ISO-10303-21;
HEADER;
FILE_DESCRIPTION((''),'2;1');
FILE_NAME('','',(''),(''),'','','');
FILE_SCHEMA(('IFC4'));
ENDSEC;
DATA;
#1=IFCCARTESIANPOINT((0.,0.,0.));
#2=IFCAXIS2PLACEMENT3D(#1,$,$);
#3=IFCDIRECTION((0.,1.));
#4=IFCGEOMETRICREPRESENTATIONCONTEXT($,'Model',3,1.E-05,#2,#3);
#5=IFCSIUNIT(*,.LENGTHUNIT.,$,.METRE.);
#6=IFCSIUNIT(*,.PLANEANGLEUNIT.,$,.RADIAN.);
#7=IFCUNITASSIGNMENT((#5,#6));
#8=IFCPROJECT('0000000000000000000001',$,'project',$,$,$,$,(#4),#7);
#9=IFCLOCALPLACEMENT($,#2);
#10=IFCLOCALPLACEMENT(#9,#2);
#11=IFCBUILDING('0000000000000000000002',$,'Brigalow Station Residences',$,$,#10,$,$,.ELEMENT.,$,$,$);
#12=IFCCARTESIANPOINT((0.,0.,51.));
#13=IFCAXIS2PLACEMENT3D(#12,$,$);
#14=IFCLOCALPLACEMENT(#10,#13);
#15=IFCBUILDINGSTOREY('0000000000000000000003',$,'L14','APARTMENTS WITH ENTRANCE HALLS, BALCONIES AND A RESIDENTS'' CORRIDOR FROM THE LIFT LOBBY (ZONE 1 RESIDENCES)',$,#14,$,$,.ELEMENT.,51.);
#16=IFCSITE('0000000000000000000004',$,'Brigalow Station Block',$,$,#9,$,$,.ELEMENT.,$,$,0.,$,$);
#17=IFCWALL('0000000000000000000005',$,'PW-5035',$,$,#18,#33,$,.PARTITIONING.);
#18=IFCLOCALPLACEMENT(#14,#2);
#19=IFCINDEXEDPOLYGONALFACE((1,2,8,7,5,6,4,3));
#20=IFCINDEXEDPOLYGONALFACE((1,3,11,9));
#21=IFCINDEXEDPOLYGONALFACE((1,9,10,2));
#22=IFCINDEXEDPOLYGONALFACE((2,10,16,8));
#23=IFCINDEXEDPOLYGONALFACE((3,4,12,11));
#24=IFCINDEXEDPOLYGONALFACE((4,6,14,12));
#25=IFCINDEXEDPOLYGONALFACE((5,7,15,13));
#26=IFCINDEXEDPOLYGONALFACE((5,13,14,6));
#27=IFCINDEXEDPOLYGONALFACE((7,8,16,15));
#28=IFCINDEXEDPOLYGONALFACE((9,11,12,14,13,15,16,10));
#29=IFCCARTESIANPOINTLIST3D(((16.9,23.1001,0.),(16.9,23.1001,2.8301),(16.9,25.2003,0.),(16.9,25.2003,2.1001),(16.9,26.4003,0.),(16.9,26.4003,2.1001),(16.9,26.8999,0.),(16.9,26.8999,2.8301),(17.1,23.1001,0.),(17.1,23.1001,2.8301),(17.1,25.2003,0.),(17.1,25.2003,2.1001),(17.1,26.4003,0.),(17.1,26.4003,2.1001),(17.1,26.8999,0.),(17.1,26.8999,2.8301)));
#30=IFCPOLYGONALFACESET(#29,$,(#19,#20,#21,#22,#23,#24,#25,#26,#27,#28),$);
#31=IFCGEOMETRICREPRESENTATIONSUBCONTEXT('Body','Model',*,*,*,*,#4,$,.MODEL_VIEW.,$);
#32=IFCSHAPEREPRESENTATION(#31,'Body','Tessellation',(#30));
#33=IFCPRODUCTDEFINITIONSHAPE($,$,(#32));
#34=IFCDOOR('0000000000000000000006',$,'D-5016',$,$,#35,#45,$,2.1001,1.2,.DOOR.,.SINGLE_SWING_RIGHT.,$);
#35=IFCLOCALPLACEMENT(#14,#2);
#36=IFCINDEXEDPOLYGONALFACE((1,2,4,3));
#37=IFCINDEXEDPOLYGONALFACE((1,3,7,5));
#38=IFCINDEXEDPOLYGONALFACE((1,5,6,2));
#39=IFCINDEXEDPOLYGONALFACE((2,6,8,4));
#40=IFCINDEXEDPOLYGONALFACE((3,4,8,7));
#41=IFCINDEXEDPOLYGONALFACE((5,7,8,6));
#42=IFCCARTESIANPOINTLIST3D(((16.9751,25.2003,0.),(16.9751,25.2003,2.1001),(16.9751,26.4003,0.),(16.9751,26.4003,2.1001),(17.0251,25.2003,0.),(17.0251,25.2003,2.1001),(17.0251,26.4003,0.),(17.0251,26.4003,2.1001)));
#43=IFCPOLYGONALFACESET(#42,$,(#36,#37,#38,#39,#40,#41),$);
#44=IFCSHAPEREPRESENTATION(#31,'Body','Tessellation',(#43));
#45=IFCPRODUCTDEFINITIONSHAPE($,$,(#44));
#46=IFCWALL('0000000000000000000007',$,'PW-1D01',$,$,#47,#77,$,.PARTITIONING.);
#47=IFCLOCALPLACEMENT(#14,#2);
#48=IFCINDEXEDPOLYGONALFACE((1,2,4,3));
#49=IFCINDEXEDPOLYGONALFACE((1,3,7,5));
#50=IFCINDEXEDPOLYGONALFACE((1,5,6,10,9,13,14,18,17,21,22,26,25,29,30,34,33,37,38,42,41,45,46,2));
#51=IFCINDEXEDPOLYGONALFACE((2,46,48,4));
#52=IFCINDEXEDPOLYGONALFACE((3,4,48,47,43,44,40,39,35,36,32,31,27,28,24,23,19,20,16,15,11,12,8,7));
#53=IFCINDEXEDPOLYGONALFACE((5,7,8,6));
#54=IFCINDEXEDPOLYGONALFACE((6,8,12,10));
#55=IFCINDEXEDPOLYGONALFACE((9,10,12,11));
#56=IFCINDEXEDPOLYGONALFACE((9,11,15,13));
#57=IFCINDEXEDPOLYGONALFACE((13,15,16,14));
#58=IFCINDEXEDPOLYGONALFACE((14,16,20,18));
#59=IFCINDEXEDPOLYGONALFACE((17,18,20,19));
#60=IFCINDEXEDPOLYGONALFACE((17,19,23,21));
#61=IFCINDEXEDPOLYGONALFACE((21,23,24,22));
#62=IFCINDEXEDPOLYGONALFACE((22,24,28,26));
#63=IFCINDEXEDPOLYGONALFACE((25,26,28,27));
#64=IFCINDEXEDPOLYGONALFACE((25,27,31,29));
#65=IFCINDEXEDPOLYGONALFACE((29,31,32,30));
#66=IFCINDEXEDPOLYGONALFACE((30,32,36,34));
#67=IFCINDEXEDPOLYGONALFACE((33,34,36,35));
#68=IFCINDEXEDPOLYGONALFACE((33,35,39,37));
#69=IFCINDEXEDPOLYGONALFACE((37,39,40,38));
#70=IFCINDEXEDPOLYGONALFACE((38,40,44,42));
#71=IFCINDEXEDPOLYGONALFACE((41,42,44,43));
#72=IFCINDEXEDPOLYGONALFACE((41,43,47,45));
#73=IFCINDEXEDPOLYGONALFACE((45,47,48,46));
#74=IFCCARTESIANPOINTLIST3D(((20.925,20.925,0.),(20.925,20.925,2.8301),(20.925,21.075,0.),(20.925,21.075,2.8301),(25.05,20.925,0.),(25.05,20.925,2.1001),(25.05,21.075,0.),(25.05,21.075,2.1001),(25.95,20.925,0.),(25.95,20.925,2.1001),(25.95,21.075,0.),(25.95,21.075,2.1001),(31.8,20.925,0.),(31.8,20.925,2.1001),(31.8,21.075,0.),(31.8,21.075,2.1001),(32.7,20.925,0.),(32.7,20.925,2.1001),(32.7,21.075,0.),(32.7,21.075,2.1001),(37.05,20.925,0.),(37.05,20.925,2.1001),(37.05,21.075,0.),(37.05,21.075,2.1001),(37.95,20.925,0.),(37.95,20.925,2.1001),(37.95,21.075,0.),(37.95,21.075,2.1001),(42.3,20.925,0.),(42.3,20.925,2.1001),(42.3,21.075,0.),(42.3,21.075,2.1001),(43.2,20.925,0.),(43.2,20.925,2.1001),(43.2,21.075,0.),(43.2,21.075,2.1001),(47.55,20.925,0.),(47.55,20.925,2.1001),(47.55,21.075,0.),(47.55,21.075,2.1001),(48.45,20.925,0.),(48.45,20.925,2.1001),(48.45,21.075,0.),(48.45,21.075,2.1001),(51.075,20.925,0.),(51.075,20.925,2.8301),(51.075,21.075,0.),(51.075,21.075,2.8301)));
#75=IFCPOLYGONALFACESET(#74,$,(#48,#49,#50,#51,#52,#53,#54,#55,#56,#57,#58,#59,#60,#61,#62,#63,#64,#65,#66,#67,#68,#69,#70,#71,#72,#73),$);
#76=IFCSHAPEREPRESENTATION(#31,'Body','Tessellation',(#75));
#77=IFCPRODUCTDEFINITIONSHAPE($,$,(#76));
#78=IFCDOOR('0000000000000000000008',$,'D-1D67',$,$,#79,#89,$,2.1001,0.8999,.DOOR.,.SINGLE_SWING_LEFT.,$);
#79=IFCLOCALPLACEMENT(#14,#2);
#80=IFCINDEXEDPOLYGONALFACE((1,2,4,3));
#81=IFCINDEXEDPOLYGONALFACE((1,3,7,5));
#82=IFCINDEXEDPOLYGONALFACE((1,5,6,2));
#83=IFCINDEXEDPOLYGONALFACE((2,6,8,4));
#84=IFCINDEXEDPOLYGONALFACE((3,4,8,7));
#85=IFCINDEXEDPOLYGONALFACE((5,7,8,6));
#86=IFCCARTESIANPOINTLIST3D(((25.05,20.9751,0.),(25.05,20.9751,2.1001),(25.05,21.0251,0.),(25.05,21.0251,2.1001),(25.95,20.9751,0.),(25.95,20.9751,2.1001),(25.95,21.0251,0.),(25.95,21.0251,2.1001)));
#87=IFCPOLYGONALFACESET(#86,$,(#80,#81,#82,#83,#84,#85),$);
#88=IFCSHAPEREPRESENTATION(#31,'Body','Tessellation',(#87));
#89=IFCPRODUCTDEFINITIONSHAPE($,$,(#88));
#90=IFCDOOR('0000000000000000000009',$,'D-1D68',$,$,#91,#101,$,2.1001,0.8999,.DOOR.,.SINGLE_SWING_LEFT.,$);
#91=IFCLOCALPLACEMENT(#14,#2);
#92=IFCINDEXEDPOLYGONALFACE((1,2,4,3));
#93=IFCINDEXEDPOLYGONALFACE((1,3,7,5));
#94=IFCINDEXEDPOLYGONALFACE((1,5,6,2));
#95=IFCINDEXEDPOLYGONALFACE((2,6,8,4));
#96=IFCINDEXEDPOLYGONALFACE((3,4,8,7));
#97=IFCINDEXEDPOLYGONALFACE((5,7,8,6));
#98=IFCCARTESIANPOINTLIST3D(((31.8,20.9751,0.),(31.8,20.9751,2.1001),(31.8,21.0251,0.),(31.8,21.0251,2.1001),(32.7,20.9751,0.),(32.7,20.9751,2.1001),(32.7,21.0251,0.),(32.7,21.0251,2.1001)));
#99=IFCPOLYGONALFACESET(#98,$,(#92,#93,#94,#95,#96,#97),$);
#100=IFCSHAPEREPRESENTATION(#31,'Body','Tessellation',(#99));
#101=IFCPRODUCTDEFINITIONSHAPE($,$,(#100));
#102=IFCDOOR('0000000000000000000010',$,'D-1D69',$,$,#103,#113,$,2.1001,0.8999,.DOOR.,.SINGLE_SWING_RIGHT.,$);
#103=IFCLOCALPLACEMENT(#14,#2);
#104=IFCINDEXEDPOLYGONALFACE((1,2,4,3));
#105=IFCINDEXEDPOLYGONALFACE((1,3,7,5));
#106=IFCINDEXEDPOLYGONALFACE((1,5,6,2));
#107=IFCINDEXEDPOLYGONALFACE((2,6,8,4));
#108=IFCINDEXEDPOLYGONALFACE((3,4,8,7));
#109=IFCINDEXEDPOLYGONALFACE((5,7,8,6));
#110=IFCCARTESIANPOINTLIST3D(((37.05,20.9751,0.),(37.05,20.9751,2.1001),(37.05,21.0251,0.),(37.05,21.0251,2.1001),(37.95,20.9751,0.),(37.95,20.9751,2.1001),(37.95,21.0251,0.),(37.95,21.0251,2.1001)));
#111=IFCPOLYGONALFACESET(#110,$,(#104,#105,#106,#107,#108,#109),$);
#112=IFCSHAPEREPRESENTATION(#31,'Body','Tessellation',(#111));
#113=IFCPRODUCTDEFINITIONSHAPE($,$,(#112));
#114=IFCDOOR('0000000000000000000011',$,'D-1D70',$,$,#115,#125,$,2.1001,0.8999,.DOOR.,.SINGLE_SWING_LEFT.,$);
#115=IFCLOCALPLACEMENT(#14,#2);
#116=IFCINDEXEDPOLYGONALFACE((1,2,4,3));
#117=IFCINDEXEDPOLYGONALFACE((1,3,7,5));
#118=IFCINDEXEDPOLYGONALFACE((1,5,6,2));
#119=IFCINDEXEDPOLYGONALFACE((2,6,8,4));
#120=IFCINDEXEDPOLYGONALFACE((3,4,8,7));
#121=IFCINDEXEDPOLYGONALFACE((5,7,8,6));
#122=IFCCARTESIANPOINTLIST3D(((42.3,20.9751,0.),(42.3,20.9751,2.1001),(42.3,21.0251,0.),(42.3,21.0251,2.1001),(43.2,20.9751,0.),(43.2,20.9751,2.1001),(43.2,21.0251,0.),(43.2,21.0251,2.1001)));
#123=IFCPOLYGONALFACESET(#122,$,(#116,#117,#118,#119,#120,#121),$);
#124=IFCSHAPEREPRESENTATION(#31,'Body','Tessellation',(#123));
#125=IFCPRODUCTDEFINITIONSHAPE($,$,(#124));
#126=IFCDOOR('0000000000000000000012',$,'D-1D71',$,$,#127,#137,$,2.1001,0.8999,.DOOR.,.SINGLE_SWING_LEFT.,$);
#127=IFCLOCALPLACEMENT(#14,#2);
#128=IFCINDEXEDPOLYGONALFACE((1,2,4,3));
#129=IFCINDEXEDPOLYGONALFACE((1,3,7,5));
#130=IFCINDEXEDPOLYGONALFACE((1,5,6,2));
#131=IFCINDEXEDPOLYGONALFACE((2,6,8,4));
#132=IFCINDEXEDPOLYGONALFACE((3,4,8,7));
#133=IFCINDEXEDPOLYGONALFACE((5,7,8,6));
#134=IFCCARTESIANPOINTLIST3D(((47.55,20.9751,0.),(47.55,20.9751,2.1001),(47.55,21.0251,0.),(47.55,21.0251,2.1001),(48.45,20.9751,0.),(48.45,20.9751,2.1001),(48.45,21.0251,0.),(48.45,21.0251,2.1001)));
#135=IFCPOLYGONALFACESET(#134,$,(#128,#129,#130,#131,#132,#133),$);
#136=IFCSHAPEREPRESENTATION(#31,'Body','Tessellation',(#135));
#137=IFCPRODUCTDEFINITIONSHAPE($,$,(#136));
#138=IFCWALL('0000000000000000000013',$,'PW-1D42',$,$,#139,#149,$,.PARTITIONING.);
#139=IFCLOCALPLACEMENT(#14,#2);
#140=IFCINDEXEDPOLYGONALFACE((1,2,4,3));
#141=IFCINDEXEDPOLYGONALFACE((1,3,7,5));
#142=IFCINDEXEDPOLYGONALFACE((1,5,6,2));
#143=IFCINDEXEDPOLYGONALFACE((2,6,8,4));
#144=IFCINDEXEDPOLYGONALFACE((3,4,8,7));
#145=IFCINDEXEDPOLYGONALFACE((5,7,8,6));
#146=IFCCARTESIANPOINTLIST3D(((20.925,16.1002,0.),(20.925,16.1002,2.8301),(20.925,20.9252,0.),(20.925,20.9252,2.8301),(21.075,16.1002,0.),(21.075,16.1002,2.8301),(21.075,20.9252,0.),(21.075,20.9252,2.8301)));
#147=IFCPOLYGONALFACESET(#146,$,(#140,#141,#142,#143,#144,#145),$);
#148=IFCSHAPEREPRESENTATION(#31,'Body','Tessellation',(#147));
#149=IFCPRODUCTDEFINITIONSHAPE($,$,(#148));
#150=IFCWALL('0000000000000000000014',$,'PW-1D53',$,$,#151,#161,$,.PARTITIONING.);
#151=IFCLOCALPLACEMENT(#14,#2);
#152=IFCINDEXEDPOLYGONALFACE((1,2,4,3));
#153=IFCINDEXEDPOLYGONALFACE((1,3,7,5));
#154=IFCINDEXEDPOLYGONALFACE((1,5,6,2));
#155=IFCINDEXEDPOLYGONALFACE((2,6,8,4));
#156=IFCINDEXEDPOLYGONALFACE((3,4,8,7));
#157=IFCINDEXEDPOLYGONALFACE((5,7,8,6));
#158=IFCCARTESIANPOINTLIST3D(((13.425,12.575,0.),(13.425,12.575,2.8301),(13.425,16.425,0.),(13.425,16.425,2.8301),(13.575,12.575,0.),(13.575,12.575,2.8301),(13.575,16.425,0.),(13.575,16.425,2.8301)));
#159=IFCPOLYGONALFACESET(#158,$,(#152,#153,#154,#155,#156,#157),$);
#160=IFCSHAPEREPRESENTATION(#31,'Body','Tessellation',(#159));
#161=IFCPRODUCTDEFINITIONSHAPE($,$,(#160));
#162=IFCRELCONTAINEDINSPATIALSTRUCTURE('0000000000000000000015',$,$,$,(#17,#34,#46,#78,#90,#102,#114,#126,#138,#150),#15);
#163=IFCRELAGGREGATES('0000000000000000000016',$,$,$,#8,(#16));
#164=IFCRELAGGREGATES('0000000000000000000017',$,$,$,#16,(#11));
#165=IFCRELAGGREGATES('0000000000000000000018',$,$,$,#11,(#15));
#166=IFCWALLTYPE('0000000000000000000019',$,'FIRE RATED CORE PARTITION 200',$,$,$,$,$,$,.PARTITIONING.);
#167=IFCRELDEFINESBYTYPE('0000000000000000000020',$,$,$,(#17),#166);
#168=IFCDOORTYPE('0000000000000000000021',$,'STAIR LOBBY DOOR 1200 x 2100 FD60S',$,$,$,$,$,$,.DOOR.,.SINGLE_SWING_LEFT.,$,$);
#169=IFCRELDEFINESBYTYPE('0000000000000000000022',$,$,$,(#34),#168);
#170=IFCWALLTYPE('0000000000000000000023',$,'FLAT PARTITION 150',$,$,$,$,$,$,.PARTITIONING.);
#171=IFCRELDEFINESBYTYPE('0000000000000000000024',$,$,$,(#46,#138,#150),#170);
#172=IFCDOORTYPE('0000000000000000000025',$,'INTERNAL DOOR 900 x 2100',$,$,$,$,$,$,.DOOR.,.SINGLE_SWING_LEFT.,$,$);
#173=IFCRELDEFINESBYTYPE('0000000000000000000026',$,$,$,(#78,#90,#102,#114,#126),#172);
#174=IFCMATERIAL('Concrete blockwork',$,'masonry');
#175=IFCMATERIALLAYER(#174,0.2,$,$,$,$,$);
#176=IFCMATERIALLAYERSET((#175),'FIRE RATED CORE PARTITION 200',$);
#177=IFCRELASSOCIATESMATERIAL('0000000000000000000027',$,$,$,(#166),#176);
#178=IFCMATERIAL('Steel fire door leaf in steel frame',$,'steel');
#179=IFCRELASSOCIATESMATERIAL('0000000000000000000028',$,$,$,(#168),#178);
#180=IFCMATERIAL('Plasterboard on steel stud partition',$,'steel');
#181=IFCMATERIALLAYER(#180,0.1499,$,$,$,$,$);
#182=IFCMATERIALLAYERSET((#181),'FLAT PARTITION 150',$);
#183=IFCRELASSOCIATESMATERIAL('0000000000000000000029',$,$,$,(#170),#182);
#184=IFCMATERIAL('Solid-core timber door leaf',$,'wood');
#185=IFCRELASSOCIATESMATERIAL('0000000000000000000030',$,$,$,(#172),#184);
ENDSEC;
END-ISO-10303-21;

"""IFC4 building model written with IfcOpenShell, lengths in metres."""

from ifc_helpers import new_model, si_unit, direction, frame, frame_2d, origin, place, context, subcontext, project, spatial, rectangle, extrude, material, layer, layer_set, type_object, element, fill, save


model = new_model("IFC4")

# Units and contexts
model_context = context("Model", 3, precision=1e-05, world=origin(), true_north=direction((0.0, 1.0)))
body_context = subcontext(model_context, "Body", "Model", "MODEL_VIEW")
ifc_project = project(units=[si_unit("LENGTHUNIT", "METRE"), si_unit("PLANEANGLEUNIT", "RADIAN")], contexts=[model_context])

# Site, building, storey
site_placement = place(None, origin())
site = spatial("IfcSite", under=ifc_project, at=site_placement, Name="Brigalow Station Block", CompositionType="ELEMENT", RefElevation=0.0)
building_placement = place(site_placement, origin())
building = spatial("IfcBuilding", under=site, at=building_placement, Name="Brigalow Station Residences", CompositionType="ELEMENT")
storey_placement = place(building_placement, frame((0.0, 0.0, 51.0)))
storey = spatial("IfcBuildingStorey", under=building, at=storey_placement, Name="L14", Description="APARTMENTS WITH ENTRANCE HALLS, BALCONIES AND A RESIDENTS' CORRIDOR FROM THE LIFT LOBBY (ZONE 1 RESIDENCES)", CompositionType="ELEMENT", Elevation=51.0)

# Wall, opening, door
ifc_material_1 = material(Name="Concrete blockwork", Category="masonry")
ifc_layer_1 = layer(ifc_material_1, 0.2)
ifc_layer_set_1 = layer_set([ifc_layer_1], Name="FIRE RATED CORE PARTITION 200")
wall_type_1 = type_object("IfcWallType", Name="FIRE RATED CORE PARTITION 200", PredefinedType="PARTITIONING", material=ifc_layer_set_1)
wall_1_placement = place(storey_placement, frame((17.0, 23.1001, 0.0), z_axis=(0.0, 0.0, 1.0), x_axis=(0.0, 1.0, 0.0)))
wall_1 = element("IfcWall", 1, at=wall_1_placement, inside=storey, type_object=wall_type_1, Name="PW-5035", PredefinedType="PARTITIONING", context=body_context, shape_type="SweptSolid", body=[
    extrude(rectangle(XDim=3.7998, YDim=0.2, at=frame_2d((1.8999, 0.0))), origin(), (0.0, 0.0, 1.0), 2.8301),
])
opening_1_placement = place(wall_1_placement, frame((2.1001, 0.0, 0.0)))
opening_1 = element("IfcOpeningElement", 2, at=opening_1_placement, cuts=wall_1, PredefinedType="OPENING", context=body_context, shape_type="SweptSolid", body=[
    extrude(rectangle(XDim=1.2, YDim=2.1001, at=frame_2d((0.6001, 1.05))), frame((0.0, 0.1099, 0.0), z_axis=(0.0, -1.0, 0.0), x_axis=(1.0, 0.0, 0.0)), (0.0, 0.0, 1.0), 0.22),
])
ifc_material_2 = material(Name="Steel fire door leaf in steel frame", Category="steel")
door_type_1 = type_object("IfcDoorType", Name="STAIR LOBBY DOOR 1200 x 2100 FD60S", OperationType="SINGLE_SWING_LEFT", PredefinedType="DOOR", material=ifc_material_2)
door_1_placement = place(opening_1_placement, origin())
door_1 = element("IfcDoor", 3, at=door_1_placement, inside=storey, type_object=door_type_1, Name="D-5016", OperationType="SINGLE_SWING_RIGHT", OverallHeight=2.1001, OverallWidth=1.2, PredefinedType="DOOR", context=body_context, shape_type="SweptSolid", body=[
    extrude(rectangle(XDim=1.2, YDim=2.1001, at=frame_2d((0.6001, 1.05))), frame((0.0, 0.0249, 0.0), z_axis=(0.0, -1.0, 0.0), x_axis=(1.0, 0.0, 0.0)), (0.0, 0.0, 1.0), 0.05),
])
fill(opening_1, door_1)

# Wall, openings, doors
ifc_material_3 = material(Name="Plasterboard on steel stud partition", Category="steel")
ifc_layer_2 = layer(ifc_material_3, 0.1499)
ifc_layer_set_2 = layer_set([ifc_layer_2], Name="FLAT PARTITION 150")
wall_type_2 = type_object("IfcWallType", Name="FLAT PARTITION 150", PredefinedType="PARTITIONING", material=ifc_layer_set_2)
wall_2_placement = place(storey_placement, frame((20.925, 21.0, 0.0), z_axis=(0.0, 0.0, 1.0), x_axis=(1.0, 0.0, 0.0)))
wall_2 = element("IfcWall", 4, at=wall_2_placement, inside=storey, type_object=wall_type_2, Name="PW-1D01", PredefinedType="PARTITIONING", context=body_context, shape_type="SweptSolid", body=[
    extrude(rectangle(XDim=30.1499, YDim=0.1499, at=frame_2d((15.075, 0.0))), origin(), (0.0, 0.0, 1.0), 2.8301),
])
opening_2_placement = place(wall_2_placement, frame((4.125, 0.0, 0.0)))
opening_2 = element("IfcOpeningElement", 5, at=opening_2_placement, cuts=wall_2, PredefinedType="OPENING", context=body_context, shape_type="SweptSolid", body=[
    extrude(rectangle(XDim=0.8999, YDim=2.1001, at=frame_2d((0.45, 1.05))), frame((0.0, 0.085, 0.0), z_axis=(0.0, -1.0, 0.0), x_axis=(1.0, 0.0, 0.0)), (0.0, 0.0, 1.0), 0.1699),
])
opening_3_placement = place(wall_2_placement, frame((10.875, 0.0, 0.0)))
opening_3 = element("IfcOpeningElement", 6, at=opening_3_placement, cuts=wall_2, PredefinedType="OPENING", context=body_context, shape_type="SweptSolid", body=[
    extrude(rectangle(XDim=0.8999, YDim=2.1001, at=frame_2d((0.45, 1.05))), frame((0.0, 0.085, 0.0), z_axis=(0.0, -1.0, 0.0), x_axis=(1.0, 0.0, 0.0)), (0.0, 0.0, 1.0), 0.1699),
])
opening_4_placement = place(wall_2_placement, frame((16.125, 0.0, 0.0)))
opening_4 = element("IfcOpeningElement", 7, at=opening_4_placement, cuts=wall_2, PredefinedType="OPENING", context=body_context, shape_type="SweptSolid", body=[
    extrude(rectangle(XDim=0.8999, YDim=2.1001, at=frame_2d((0.45, 1.05))), frame((0.0, 0.085, 0.0), z_axis=(0.0, -1.0, 0.0), x_axis=(1.0, 0.0, 0.0)), (0.0, 0.0, 1.0), 0.1699),
])
opening_5_placement = place(wall_2_placement, frame((21.375, 0.0, 0.0)))
opening_5 = element("IfcOpeningElement", 8, at=opening_5_placement, cuts=wall_2, PredefinedType="OPENING", context=body_context, shape_type="SweptSolid", body=[
    extrude(rectangle(XDim=0.8999, YDim=2.1001, at=frame_2d((0.45, 1.05))), frame((0.0, 0.085, 0.0), z_axis=(0.0, -1.0, 0.0), x_axis=(1.0, 0.0, 0.0)), (0.0, 0.0, 1.0), 0.1699),
])
opening_6_placement = place(wall_2_placement, frame((26.625, 0.0, 0.0)))
opening_6 = element("IfcOpeningElement", 9, at=opening_6_placement, cuts=wall_2, PredefinedType="OPENING", context=body_context, shape_type="SweptSolid", body=[
    extrude(rectangle(XDim=0.8999, YDim=2.1001, at=frame_2d((0.45, 1.05))), frame((0.0, 0.085, 0.0), z_axis=(0.0, -1.0, 0.0), x_axis=(1.0, 0.0, 0.0)), (0.0, 0.0, 1.0), 0.1699),
])
ifc_material_4 = material(Name="Solid-core timber door leaf", Category="wood")
door_type_2 = type_object("IfcDoorType", Name="INTERNAL DOOR 900 x 2100", OperationType="SINGLE_SWING_LEFT", PredefinedType="DOOR", material=ifc_material_4)
door_2_placement = place(opening_2_placement, frame((0.8999, 0.0, 0.0), z_axis=(0.0, 0.0, 1.0), x_axis=(-1.0, 0.0, 0.0)))
door_2 = element("IfcDoor", 10, at=door_2_placement, inside=storey, type_object=door_type_2, Name="D-1D67", OperationType="SINGLE_SWING_LEFT", OverallHeight=2.1001, OverallWidth=0.8999, PredefinedType="DOOR", context=body_context, shape_type="SweptSolid", body=[
    extrude(rectangle(XDim=0.8999, YDim=2.1001, at=frame_2d((0.45, 1.05))), frame((0.0, 0.0249, 0.0), z_axis=(0.0, -1.0, 0.0), x_axis=(1.0, 0.0, 0.0)), (0.0, 0.0, 1.0), 0.05),
])
fill(opening_2, door_2)
door_3_placement = place(opening_3_placement, frame((0.8999, 0.0, 0.0), z_axis=(0.0, 0.0, 1.0), x_axis=(-1.0, 0.0, 0.0)))
door_3 = element("IfcDoor", 11, at=door_3_placement, inside=storey, type_object=door_type_2, Name="D-1D68", OperationType="SINGLE_SWING_LEFT", OverallHeight=2.1001, OverallWidth=0.8999, PredefinedType="DOOR", context=body_context, shape_type="SweptSolid", body=[
    extrude(rectangle(XDim=0.8999, YDim=2.1001, at=frame_2d((0.45, 1.05))), frame((0.0, 0.0249, 0.0), z_axis=(0.0, -1.0, 0.0), x_axis=(1.0, 0.0, 0.0)), (0.0, 0.0, 1.0), 0.05),
])
fill(opening_3, door_3)
door_4_placement = place(opening_4_placement, frame((0.8999, 0.0, 0.0), z_axis=(0.0, 0.0, 1.0), x_axis=(-1.0, 0.0, 0.0)))
door_4 = element("IfcDoor", 12, at=door_4_placement, inside=storey, type_object=door_type_2, Name="D-1D69", OperationType="SINGLE_SWING_RIGHT", OverallHeight=2.1001, OverallWidth=0.8999, PredefinedType="DOOR", context=body_context, shape_type="SweptSolid", body=[
    extrude(rectangle(XDim=0.8999, YDim=2.1001, at=frame_2d((0.45, 1.05))), frame((0.0, 0.0249, 0.0), z_axis=(0.0, -1.0, 0.0), x_axis=(1.0, 0.0, 0.0)), (0.0, 0.0, 1.0), 0.05),
])
fill(opening_4, door_4)
door_5_placement = place(opening_5_placement, frame((0.8999, 0.0, 0.0), z_axis=(0.0, 0.0, 1.0), x_axis=(-1.0, 0.0, 0.0)))
door_5 = element("IfcDoor", 13, at=door_5_placement, inside=storey, type_object=door_type_2, Name="D-1D70", OperationType="SINGLE_SWING_LEFT", OverallHeight=2.1001, OverallWidth=0.8999, PredefinedType="DOOR", context=body_context, shape_type="SweptSolid", body=[
    extrude(rectangle(XDim=0.8999, YDim=2.1001, at=frame_2d((0.45, 1.05))), frame((0.0, 0.0249, 0.0), z_axis=(0.0, -1.0, 0.0), x_axis=(1.0, 0.0, 0.0)), (0.0, 0.0, 1.0), 0.05),
])
fill(opening_5, door_5)
door_6_placement = place(opening_6_placement, frame((0.8999, 0.0, 0.0), z_axis=(0.0, 0.0, 1.0), x_axis=(-1.0, 0.0, 0.0)))
door_6 = element("IfcDoor", 14, at=door_6_placement, inside=storey, type_object=door_type_2, Name="D-1D71", OperationType="SINGLE_SWING_LEFT", OverallHeight=2.1001, OverallWidth=0.8999, PredefinedType="DOOR", context=body_context, shape_type="SweptSolid", body=[
    extrude(rectangle(XDim=0.8999, YDim=2.1001, at=frame_2d((0.45, 1.05))), frame((0.0, 0.0249, 0.0), z_axis=(0.0, -1.0, 0.0), x_axis=(1.0, 0.0, 0.0)), (0.0, 0.0, 1.0), 0.05),
])
fill(opening_6, door_6)

# Walls
wall_3_placement = place(storey_placement, frame((21.0, 16.1001, 0.0), z_axis=(0.0, 0.0, 1.0), x_axis=(0.0, 1.0, 0.0)))
element("IfcWall", 15, at=wall_3_placement, inside=storey, type_object=wall_type_2, Name="PW-1D42", PredefinedType="PARTITIONING", context=body_context, shape_type="SweptSolid", body=[
    extrude(rectangle(XDim=4.825, YDim=0.1499, at=frame_2d((2.4126, 0.0))), origin(), (0.0, 0.0, 1.0), 2.8301),
])
wall_4_placement = place(storey_placement, frame((13.5, 12.575, 0.0), z_axis=(0.0, 0.0, 1.0), x_axis=(0.0, 1.0, 0.0)))
element("IfcWall", 16, at=wall_4_placement, inside=storey, type_object=wall_type_2, Name="PW-1D53", PredefinedType="PARTITIONING", context=body_context, shape_type="SweptSolid", body=[
    extrude(rectangle(XDim=3.8501, YDim=0.1499, at=frame_2d((1.925, 0.0))), origin(), (0.0, 0.0, 1.0), 2.8301),
])

save(model, "model.ifc")
